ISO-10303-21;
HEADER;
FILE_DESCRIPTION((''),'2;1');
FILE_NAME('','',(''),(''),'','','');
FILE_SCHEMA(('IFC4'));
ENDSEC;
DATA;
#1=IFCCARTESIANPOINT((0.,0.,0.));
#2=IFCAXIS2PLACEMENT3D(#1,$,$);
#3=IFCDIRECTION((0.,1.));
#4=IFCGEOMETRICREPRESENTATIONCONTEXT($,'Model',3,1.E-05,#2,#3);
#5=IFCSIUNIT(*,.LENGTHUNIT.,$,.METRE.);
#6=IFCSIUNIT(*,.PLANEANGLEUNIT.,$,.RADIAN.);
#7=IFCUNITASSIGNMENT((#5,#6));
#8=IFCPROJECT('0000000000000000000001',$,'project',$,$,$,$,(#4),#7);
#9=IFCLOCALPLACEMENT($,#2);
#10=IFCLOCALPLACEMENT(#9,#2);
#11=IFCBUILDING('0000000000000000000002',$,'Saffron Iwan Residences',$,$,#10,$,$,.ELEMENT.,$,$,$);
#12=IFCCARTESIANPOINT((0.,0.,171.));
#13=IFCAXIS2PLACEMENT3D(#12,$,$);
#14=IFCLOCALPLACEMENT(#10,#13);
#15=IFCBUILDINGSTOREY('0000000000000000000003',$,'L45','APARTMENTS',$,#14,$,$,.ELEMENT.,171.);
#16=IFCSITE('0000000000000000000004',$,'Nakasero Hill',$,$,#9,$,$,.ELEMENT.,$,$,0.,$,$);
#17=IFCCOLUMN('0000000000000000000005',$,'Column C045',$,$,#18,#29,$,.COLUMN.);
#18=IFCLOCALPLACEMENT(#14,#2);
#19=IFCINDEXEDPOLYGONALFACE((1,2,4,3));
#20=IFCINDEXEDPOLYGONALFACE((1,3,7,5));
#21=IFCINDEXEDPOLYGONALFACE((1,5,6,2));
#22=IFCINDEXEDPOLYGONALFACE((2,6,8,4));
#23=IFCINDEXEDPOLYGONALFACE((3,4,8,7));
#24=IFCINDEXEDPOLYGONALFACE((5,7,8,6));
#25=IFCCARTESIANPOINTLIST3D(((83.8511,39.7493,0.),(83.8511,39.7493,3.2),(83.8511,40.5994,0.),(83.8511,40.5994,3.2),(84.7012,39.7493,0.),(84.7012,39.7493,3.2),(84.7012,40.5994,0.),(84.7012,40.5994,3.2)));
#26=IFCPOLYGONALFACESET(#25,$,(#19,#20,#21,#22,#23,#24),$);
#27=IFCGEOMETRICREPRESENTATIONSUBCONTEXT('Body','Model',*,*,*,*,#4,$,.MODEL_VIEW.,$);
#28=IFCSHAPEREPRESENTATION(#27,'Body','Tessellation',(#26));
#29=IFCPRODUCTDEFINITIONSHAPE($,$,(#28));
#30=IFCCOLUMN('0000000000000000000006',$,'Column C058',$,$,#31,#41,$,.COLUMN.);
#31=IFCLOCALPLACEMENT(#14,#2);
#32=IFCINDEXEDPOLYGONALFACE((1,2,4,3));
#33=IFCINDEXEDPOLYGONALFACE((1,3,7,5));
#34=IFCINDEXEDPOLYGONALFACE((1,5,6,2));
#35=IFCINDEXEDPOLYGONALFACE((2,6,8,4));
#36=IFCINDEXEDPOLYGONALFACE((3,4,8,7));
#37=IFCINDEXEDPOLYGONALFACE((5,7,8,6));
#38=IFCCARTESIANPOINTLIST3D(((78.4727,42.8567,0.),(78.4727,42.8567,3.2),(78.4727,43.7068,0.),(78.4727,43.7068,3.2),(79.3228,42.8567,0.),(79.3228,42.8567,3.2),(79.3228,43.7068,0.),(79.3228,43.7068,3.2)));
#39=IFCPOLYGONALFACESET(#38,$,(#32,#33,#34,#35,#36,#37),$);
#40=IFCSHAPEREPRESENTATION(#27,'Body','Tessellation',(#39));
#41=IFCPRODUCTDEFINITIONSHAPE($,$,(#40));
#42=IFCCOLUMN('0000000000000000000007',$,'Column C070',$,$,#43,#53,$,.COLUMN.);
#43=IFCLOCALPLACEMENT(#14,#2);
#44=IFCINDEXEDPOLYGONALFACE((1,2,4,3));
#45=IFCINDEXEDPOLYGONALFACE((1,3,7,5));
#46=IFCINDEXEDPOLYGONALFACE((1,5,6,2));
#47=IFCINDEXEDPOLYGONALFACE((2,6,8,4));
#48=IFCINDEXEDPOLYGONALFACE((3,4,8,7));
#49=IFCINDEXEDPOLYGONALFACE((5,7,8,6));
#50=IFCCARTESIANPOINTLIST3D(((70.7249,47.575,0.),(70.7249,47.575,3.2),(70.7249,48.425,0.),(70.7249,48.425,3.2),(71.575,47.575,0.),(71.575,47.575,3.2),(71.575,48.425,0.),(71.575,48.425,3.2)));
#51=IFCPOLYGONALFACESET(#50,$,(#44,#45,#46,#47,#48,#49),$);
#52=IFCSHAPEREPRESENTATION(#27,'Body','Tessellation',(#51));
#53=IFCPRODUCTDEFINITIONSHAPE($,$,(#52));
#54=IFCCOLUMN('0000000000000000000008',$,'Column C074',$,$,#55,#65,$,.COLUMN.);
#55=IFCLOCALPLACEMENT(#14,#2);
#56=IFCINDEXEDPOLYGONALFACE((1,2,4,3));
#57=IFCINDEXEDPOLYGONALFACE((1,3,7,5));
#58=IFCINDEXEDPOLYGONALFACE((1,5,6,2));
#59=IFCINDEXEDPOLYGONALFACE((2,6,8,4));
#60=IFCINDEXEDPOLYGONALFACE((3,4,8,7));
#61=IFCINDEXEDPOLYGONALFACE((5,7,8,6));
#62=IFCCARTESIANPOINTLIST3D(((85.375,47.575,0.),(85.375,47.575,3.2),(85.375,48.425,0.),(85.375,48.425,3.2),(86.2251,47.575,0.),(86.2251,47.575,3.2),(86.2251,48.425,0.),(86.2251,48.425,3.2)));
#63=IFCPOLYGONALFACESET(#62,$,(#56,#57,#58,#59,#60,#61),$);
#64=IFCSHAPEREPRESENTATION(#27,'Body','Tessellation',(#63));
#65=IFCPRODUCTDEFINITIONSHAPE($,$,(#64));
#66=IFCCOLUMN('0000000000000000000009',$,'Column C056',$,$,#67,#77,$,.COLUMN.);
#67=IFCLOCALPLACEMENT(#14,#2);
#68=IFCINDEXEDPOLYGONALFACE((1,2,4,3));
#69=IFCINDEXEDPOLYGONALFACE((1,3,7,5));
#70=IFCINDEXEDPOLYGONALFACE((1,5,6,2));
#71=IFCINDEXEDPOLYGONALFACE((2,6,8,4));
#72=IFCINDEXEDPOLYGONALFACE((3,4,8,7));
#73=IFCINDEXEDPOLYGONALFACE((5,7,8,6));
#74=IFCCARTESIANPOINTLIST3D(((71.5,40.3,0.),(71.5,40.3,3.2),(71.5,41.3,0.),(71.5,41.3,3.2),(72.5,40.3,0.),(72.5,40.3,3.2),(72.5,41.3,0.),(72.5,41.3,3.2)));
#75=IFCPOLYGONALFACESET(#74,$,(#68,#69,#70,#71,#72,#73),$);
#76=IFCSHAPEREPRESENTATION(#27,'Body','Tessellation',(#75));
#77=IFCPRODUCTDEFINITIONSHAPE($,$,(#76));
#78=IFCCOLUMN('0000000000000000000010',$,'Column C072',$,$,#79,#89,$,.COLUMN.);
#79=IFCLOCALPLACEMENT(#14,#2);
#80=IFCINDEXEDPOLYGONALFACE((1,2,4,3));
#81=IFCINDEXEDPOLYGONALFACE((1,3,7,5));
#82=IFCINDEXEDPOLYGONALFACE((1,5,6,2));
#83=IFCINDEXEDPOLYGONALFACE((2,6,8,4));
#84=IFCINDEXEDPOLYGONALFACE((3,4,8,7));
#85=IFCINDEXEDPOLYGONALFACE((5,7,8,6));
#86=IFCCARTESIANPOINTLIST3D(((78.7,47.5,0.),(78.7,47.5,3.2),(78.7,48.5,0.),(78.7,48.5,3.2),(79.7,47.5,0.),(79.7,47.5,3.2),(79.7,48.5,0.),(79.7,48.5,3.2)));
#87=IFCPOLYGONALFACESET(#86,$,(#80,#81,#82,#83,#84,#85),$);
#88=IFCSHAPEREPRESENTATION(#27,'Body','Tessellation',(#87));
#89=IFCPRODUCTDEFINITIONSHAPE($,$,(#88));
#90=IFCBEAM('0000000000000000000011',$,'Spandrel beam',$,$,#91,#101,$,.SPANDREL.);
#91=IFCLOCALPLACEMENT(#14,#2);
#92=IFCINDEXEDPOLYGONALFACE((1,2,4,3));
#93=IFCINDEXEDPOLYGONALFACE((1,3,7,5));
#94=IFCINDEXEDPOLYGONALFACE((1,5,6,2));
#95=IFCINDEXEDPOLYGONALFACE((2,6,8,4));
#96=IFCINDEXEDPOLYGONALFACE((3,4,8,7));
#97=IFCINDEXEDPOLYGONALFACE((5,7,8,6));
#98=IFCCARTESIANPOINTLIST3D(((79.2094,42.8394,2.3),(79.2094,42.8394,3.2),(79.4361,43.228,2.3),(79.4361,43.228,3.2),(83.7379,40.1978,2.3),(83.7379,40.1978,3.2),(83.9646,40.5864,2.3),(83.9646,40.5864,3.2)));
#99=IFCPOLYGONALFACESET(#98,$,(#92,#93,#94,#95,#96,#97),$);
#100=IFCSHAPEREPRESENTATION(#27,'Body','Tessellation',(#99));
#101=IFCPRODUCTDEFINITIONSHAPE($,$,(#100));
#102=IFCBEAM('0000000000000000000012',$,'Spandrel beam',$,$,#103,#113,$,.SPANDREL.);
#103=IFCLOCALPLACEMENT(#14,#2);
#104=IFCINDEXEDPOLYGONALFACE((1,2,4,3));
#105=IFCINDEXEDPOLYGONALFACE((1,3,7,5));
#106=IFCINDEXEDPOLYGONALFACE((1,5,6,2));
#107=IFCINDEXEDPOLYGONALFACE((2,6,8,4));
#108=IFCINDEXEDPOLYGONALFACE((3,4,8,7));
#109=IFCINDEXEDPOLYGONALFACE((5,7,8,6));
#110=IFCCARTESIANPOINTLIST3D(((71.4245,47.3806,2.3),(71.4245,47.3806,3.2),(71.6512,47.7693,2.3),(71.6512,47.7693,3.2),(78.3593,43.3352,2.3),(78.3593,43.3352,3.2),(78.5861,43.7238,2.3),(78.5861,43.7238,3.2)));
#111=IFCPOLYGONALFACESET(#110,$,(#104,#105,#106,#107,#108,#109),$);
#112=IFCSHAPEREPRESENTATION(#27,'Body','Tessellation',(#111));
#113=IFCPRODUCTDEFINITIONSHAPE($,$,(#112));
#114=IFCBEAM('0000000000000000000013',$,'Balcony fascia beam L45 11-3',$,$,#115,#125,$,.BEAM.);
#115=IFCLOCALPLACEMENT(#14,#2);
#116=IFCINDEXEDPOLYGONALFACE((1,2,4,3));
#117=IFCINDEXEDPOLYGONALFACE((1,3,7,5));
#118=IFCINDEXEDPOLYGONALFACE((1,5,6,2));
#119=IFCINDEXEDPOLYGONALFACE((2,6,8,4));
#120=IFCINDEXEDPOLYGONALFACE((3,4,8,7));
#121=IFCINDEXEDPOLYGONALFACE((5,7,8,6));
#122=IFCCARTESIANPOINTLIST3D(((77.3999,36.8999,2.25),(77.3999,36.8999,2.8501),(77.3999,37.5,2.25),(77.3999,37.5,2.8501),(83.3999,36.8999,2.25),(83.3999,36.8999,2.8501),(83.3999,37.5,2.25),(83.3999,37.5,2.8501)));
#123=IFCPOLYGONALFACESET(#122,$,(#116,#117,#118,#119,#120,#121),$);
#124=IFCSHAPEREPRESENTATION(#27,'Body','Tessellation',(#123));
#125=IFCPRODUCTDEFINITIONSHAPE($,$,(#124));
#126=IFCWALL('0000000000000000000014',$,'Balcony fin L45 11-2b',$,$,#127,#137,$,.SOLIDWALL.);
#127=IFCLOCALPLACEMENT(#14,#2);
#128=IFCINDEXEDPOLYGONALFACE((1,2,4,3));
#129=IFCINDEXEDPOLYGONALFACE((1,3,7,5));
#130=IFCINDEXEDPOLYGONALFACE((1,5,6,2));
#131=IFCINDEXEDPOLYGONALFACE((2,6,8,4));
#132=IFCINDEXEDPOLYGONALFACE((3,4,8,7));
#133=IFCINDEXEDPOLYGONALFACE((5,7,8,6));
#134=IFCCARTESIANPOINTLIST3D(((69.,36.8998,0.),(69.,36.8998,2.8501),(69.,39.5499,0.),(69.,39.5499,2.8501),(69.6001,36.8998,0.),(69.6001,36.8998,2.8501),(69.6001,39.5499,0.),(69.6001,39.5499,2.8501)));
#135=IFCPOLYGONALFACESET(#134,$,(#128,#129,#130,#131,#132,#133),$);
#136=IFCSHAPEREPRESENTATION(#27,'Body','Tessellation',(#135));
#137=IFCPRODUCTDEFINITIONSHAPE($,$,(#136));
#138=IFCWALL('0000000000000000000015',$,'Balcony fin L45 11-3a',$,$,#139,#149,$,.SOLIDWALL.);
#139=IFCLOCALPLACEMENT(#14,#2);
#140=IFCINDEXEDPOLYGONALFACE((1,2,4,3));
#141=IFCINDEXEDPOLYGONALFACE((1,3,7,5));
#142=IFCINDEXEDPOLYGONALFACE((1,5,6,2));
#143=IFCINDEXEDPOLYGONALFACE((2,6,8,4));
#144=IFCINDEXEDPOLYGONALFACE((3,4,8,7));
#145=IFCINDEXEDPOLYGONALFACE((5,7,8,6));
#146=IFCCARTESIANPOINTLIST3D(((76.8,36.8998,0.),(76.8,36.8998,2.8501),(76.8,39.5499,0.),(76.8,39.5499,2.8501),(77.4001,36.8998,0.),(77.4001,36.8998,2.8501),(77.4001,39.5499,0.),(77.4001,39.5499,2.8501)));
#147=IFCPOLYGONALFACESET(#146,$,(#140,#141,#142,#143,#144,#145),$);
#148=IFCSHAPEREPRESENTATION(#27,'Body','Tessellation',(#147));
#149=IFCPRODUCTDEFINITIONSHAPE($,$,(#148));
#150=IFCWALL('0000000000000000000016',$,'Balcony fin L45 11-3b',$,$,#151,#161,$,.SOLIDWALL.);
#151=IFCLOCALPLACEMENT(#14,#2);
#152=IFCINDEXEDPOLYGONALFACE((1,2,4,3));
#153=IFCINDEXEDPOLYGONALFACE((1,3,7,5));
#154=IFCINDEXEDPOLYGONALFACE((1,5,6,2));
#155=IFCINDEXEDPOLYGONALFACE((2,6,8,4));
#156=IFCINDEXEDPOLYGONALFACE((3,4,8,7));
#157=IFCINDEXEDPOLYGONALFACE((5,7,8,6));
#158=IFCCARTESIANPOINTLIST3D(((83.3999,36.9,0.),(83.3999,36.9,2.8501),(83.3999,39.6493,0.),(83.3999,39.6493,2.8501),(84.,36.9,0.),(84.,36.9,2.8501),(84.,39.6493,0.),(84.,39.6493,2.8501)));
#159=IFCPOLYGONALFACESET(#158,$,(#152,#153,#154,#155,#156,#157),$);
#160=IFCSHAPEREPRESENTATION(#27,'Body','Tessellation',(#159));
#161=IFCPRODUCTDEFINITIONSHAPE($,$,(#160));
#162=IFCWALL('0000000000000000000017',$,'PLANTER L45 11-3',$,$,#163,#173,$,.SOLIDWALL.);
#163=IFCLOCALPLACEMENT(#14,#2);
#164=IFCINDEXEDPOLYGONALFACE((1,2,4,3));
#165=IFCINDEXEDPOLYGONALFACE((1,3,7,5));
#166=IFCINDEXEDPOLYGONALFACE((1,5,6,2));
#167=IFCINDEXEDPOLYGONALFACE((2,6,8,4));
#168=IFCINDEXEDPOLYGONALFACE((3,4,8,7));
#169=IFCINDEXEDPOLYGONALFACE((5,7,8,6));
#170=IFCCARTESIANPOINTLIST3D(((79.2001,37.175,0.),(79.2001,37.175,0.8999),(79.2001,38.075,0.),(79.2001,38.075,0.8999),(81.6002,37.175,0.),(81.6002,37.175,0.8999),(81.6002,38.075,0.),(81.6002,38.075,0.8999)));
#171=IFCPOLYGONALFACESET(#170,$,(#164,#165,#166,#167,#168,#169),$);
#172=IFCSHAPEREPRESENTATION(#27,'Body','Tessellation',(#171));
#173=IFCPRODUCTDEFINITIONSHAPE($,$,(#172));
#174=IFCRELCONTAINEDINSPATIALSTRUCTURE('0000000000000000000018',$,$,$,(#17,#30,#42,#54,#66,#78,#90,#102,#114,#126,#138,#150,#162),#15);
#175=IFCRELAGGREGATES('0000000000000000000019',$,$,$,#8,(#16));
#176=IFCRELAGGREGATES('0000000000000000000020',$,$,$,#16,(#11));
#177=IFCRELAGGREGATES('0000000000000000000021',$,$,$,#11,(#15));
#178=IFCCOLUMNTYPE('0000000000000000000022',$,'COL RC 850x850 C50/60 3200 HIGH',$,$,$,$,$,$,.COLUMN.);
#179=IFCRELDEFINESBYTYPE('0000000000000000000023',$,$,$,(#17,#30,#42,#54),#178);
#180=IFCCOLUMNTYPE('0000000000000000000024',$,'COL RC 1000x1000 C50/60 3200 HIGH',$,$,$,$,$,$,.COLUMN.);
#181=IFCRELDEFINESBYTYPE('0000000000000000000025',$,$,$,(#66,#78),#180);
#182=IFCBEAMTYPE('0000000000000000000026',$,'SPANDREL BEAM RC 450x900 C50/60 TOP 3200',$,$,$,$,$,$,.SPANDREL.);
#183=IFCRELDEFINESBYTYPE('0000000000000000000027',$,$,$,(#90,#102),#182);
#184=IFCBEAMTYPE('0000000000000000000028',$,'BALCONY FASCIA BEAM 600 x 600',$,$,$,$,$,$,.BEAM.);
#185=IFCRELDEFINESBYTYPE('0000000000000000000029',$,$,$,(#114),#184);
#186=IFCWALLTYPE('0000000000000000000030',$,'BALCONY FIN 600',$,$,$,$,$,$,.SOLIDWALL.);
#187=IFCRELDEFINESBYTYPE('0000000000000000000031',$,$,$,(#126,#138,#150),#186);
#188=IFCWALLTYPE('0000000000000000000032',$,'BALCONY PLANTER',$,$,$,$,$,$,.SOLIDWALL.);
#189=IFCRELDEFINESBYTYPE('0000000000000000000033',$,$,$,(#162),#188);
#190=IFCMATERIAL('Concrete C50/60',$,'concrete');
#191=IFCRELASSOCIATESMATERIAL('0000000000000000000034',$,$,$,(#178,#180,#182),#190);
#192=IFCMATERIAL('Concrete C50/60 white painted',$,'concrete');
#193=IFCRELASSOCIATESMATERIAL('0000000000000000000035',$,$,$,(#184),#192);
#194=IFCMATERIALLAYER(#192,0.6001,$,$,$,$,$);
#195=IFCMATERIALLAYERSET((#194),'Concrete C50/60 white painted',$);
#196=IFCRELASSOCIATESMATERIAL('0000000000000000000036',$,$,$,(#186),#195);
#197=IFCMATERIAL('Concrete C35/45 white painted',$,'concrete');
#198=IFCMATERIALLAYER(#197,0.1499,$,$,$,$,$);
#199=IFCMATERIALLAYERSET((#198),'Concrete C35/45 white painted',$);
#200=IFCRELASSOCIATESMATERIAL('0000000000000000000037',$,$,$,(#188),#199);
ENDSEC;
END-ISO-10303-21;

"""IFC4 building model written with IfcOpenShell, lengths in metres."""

from ifc_helpers import new_model, si_unit, direction, frame, frame_2d, origin, origin_2d, place, context, subcontext, project, spatial, rectangle, extrude, source, transform, mapped, material, layer, layer_set, material_profile, profile_set, type_object, element, save


model = new_model("IFC4")

# Units and contexts
model_context = context("Model", 3, precision=1e-05, world=origin(), true_north=direction((0.0, 1.0)))
body_context = subcontext(model_context, "Body", "Model", "MODEL_VIEW")
ifc_project = project(units=[si_unit("LENGTHUNIT", "METRE"), si_unit("PLANEANGLEUNIT", "RADIAN")], contexts=[model_context])

# Site, building, storey
site_placement = place(None, origin())
site = spatial("IfcSite", under=ifc_project, at=site_placement, Name="Nakasero Hill", CompositionType="ELEMENT", RefElevation=0.0)
building_placement = place(site_placement, origin())
building = spatial("IfcBuilding", under=site, at=building_placement, Name="Saffron Iwan Residences", CompositionType="ELEMENT")
storey_placement = place(building_placement, frame((0.0, 0.0, 171.0)))
storey = spatial("IfcBuildingStorey", under=building, at=storey_placement, Name="L45", Description="APARTMENTS", CompositionType="ELEMENT", Elevation=171.0)

# Columns
ifc_material_1 = material(Name="Concrete C50/60", Category="concrete")
ifc_material_profile_1 = material_profile(ifc_material_1, rectangle(XDim=0.8501, YDim=0.8501, at=origin_2d()), Name="RC 850x850")
ifc_profile_set_1 = profile_set([ifc_material_profile_1], Name="Concrete C50/60")
column_type_1 = type_object("IfcColumnType", Name="COL RC 850x850 C50/60 3200 HIGH", PredefinedType="COLUMN", material=ifc_profile_set_1)
shared_shape_1 = source(origin(), body_context, "Body", "SweptSolid", [
    extrude(rectangle(XDim=0.8501, YDim=0.8501, at=origin_2d()), origin(), (0.0, 0.0, 1.0), 3.2),
])
for number, where, z_axis, x_axis, name in (
    (1, (84.2761, 40.1743, 0.0), (0.0, 0.0, 1.0), (1.0, 0.0, 0.0), "Column C045"),
    (2, (78.8977, 43.2817, 0.0), (0.0, 0.0, 1.0), (1.0, 0.0, 0.0), "Column C058"),
    (3, (71.1499, 48.0, 0.0), (0.0, 0.0, 1.0), (1.0, 0.0, 0.0), "Column C070"),
    (4, (85.8, 48.0, 0.0), (0.0, 0.0, 1.0), (1.0, 0.0, 0.0), "Column C074"),
):
    element("IfcColumn", number, at=place(storey_placement, frame(where, z_axis=z_axis, x_axis=x_axis)), inside=storey, type_object=column_type_1, Name=name, PredefinedType="COLUMN", context=body_context, shape_type="MappedRepresentation", body=[
        mapped(shared_shape_1, transform((0.0, 0.0, 0.0))),
    ])
ifc_material_profile_2 = material_profile(ifc_material_1, rectangle(XDim=1.0, YDim=1.0, at=origin_2d()), Name="RC 1000x1000")
ifc_profile_set_2 = profile_set([ifc_material_profile_2], Name="Concrete C50/60")
column_type_2 = type_object("IfcColumnType", Name="COL RC 1000x1000 C50/60 3200 HIGH", PredefinedType="COLUMN", material=ifc_profile_set_2)
shared_shape_2 = source(origin(), body_context, "Body", "SweptSolid", [
    extrude(rectangle(XDim=1.0, YDim=1.0, at=origin_2d()), origin(), (0.0, 0.0, 1.0), 3.2),
])
for number, where, z_axis, x_axis, name in (
    (5, (72.0, 40.8, 0.0), (0.0, 0.0, 1.0), (1.0, 0.0, 0.0), "Column C056"),
    (6, (79.2, 48.0, 0.0), (0.0, 0.0, 1.0), (1.0, 0.0, 0.0), "Column C072"),
):
    element("IfcColumn", number, at=place(storey_placement, frame(where, z_axis=z_axis, x_axis=x_axis)), inside=storey, type_object=column_type_2, Name=name, PredefinedType="COLUMN", context=body_context, shape_type="MappedRepresentation", body=[
        mapped(shared_shape_2, transform((0.0, 0.0, 0.0))),
    ])

# Beams
ifc_material_profile_3 = material_profile(ifc_material_1, rectangle(XDim=0.45, YDim=0.8999, at=origin_2d()), Name="RC 450x900")
ifc_profile_set_3 = profile_set([ifc_material_profile_3], Name="Concrete C50/60")
beam_type_1 = type_object("IfcBeamType", Name="SPANDREL BEAM RC 450x900 C50/60 TOP 3200", PredefinedType="SPANDREL", material=ifc_profile_set_3)
shared_shape_3 = source(origin(), body_context, "Body", "SweptSolid", [
    extrude(rectangle(XDim=0.45, YDim=0.8999, at=origin_2d()), origin(), (0.0, 0.0, 1.0), 5.2427),
])
beam_1_placement = place(storey_placement, frame((79.3228, 43.0337, 2.75), z_axis=(0.863784, -0.503862, 0.0), x_axis=(0.503862, 0.863784, 0.0)))
element("IfcBeam", 7, at=beam_1_placement, inside=storey, type_object=beam_type_1, Name="Spandrel beam", PredefinedType="SPANDREL", context=body_context, shape_type="MappedRepresentation", body=[
    mapped(shared_shape_3, transform((0.0, 0.0, 0.0))),
])
shared_shape_4 = source(origin(), body_context, "Body", "SweptSolid", [
    extrude(rectangle(XDim=0.45, YDim=0.8999, at=origin_2d()), origin(), (0.0, 0.0, 1.0), 8.0286),
])
beam_2_placement = place(storey_placement, frame((71.5378, 47.575, 2.75), z_axis=(0.863773, -0.50388, 0.0), x_axis=(0.50388, 0.863773, 0.0)))
element("IfcBeam", 8, at=beam_2_placement, inside=storey, type_object=beam_type_1, Name="Spandrel beam", PredefinedType="SPANDREL", context=body_context, shape_type="MappedRepresentation", body=[
    mapped(shared_shape_4, transform((0.0, 0.0, 0.0))),
])
ifc_material_2 = material(Name="Concrete C50/60 white painted", Category="concrete")
ifc_material_profile_4 = material_profile(ifc_material_2, rectangle(XDim=0.6001, YDim=0.6001, at=origin_2d()), Name="BALCONY FASCIA BEAM 600 x 600")
ifc_profile_set_4 = profile_set([ifc_material_profile_4], Name="Concrete C50/60 white painted")
beam_type_2 = type_object("IfcBeamType", Name="BALCONY FASCIA BEAM 600 x 600", PredefinedType="BEAM", material=ifc_profile_set_4)
shared_shape_5 = source(origin(), body_context, "Body", "SweptSolid", [
    extrude(rectangle(XDim=0.6001, YDim=0.6001, at=origin_2d()), origin(), (0.0, 0.0, 1.0), 6.0),
])
beam_3_placement = place(storey_placement, frame((77.3999, 37.2, 2.55), z_axis=(1.0, 0.0, 0.0), x_axis=(0.0, 1.0, 0.0)))
element("IfcBeam", 9, at=beam_3_placement, inside=storey, type_object=beam_type_2, Name="Balcony fascia beam L45 11-3", PredefinedType="BEAM", context=body_context, shape_type="MappedRepresentation", body=[
    mapped(shared_shape_5, transform((0.0, 0.0, 0.0))),
])

# Walls
ifc_layer_1 = layer(ifc_material_2, 0.6001)
ifc_layer_set_1 = layer_set([ifc_layer_1], Name="Concrete C50/60 white painted")
wall_type_1 = type_object("IfcWallType", Name="BALCONY FIN 600", PredefinedType="SOLIDWALL", material=ifc_layer_set_1)
for number, where, z_axis, x_axis, name in (
    (10, (69.3, 39.55, 0.0), (0.0, 0.0, 1.0), (0.0, -1.0, 0.0), "Balcony fin L45 11-2b"),
    (11, (77.1001, 39.55, 0.0), (0.0, 0.0, 1.0), (0.0, -1.0, 0.0), "Balcony fin L45 11-3a"),
):
    element("IfcWall", number, at=place(storey_placement, frame(where, z_axis=z_axis, x_axis=x_axis)), inside=storey, type_object=wall_type_1, Name=name, PredefinedType="SOLIDWALL", context=body_context, shape_type="SweptSolid", body=[
        extrude(rectangle(XDim=2.6501, YDim=0.6001, at=frame_2d((1.3252, 0.0))), origin(), (0.0, 0.0, 1.0), 2.8501),
    ])
wall_1_placement = place(storey_placement, frame((83.7, 39.6492, 0.0), z_axis=(0.0, 0.0, 1.0), x_axis=(0.0, -1.0, 0.0)))
element("IfcWall", 12, at=wall_1_placement, inside=storey, type_object=wall_type_1, Name="Balcony fin L45 11-3b", PredefinedType="SOLIDWALL", context=body_context, shape_type="SweptSolid", body=[
    extrude(rectangle(XDim=2.7493, YDim=0.6001, at=frame_2d((1.3745, 0.0))), origin(), (0.0, 0.0, 1.0), 2.8501),
])
ifc_material_3 = material(Name="Concrete C35/45 white painted", Category="concrete")
ifc_layer_2 = layer(ifc_material_3, 0.1499)
ifc_layer_set_2 = layer_set([ifc_layer_2], Name="Concrete C35/45 white painted")
wall_type_2 = type_object("IfcWallType", Name="BALCONY PLANTER", PredefinedType="SOLIDWALL", material=ifc_layer_set_2)
wall_2_placement = place(storey_placement, frame((79.2, 37.625, 0.0), z_axis=(0.0, 0.0, 1.0), x_axis=(1.0, 0.0, 0.0)))
element("IfcWall", 13, at=wall_2_placement, inside=storey, type_object=wall_type_2, Name="PLANTER L45 11-3", PredefinedType="SOLIDWALL", context=body_context, shape_type="SweptSolid", body=[
    extrude(rectangle(XDim=2.4001, YDim=0.8999, at=frame_2d((1.2002, 0.0))), origin(), (0.0, 0.0, 1.0), 0.8999),
])

save(model, "model.ifc")
